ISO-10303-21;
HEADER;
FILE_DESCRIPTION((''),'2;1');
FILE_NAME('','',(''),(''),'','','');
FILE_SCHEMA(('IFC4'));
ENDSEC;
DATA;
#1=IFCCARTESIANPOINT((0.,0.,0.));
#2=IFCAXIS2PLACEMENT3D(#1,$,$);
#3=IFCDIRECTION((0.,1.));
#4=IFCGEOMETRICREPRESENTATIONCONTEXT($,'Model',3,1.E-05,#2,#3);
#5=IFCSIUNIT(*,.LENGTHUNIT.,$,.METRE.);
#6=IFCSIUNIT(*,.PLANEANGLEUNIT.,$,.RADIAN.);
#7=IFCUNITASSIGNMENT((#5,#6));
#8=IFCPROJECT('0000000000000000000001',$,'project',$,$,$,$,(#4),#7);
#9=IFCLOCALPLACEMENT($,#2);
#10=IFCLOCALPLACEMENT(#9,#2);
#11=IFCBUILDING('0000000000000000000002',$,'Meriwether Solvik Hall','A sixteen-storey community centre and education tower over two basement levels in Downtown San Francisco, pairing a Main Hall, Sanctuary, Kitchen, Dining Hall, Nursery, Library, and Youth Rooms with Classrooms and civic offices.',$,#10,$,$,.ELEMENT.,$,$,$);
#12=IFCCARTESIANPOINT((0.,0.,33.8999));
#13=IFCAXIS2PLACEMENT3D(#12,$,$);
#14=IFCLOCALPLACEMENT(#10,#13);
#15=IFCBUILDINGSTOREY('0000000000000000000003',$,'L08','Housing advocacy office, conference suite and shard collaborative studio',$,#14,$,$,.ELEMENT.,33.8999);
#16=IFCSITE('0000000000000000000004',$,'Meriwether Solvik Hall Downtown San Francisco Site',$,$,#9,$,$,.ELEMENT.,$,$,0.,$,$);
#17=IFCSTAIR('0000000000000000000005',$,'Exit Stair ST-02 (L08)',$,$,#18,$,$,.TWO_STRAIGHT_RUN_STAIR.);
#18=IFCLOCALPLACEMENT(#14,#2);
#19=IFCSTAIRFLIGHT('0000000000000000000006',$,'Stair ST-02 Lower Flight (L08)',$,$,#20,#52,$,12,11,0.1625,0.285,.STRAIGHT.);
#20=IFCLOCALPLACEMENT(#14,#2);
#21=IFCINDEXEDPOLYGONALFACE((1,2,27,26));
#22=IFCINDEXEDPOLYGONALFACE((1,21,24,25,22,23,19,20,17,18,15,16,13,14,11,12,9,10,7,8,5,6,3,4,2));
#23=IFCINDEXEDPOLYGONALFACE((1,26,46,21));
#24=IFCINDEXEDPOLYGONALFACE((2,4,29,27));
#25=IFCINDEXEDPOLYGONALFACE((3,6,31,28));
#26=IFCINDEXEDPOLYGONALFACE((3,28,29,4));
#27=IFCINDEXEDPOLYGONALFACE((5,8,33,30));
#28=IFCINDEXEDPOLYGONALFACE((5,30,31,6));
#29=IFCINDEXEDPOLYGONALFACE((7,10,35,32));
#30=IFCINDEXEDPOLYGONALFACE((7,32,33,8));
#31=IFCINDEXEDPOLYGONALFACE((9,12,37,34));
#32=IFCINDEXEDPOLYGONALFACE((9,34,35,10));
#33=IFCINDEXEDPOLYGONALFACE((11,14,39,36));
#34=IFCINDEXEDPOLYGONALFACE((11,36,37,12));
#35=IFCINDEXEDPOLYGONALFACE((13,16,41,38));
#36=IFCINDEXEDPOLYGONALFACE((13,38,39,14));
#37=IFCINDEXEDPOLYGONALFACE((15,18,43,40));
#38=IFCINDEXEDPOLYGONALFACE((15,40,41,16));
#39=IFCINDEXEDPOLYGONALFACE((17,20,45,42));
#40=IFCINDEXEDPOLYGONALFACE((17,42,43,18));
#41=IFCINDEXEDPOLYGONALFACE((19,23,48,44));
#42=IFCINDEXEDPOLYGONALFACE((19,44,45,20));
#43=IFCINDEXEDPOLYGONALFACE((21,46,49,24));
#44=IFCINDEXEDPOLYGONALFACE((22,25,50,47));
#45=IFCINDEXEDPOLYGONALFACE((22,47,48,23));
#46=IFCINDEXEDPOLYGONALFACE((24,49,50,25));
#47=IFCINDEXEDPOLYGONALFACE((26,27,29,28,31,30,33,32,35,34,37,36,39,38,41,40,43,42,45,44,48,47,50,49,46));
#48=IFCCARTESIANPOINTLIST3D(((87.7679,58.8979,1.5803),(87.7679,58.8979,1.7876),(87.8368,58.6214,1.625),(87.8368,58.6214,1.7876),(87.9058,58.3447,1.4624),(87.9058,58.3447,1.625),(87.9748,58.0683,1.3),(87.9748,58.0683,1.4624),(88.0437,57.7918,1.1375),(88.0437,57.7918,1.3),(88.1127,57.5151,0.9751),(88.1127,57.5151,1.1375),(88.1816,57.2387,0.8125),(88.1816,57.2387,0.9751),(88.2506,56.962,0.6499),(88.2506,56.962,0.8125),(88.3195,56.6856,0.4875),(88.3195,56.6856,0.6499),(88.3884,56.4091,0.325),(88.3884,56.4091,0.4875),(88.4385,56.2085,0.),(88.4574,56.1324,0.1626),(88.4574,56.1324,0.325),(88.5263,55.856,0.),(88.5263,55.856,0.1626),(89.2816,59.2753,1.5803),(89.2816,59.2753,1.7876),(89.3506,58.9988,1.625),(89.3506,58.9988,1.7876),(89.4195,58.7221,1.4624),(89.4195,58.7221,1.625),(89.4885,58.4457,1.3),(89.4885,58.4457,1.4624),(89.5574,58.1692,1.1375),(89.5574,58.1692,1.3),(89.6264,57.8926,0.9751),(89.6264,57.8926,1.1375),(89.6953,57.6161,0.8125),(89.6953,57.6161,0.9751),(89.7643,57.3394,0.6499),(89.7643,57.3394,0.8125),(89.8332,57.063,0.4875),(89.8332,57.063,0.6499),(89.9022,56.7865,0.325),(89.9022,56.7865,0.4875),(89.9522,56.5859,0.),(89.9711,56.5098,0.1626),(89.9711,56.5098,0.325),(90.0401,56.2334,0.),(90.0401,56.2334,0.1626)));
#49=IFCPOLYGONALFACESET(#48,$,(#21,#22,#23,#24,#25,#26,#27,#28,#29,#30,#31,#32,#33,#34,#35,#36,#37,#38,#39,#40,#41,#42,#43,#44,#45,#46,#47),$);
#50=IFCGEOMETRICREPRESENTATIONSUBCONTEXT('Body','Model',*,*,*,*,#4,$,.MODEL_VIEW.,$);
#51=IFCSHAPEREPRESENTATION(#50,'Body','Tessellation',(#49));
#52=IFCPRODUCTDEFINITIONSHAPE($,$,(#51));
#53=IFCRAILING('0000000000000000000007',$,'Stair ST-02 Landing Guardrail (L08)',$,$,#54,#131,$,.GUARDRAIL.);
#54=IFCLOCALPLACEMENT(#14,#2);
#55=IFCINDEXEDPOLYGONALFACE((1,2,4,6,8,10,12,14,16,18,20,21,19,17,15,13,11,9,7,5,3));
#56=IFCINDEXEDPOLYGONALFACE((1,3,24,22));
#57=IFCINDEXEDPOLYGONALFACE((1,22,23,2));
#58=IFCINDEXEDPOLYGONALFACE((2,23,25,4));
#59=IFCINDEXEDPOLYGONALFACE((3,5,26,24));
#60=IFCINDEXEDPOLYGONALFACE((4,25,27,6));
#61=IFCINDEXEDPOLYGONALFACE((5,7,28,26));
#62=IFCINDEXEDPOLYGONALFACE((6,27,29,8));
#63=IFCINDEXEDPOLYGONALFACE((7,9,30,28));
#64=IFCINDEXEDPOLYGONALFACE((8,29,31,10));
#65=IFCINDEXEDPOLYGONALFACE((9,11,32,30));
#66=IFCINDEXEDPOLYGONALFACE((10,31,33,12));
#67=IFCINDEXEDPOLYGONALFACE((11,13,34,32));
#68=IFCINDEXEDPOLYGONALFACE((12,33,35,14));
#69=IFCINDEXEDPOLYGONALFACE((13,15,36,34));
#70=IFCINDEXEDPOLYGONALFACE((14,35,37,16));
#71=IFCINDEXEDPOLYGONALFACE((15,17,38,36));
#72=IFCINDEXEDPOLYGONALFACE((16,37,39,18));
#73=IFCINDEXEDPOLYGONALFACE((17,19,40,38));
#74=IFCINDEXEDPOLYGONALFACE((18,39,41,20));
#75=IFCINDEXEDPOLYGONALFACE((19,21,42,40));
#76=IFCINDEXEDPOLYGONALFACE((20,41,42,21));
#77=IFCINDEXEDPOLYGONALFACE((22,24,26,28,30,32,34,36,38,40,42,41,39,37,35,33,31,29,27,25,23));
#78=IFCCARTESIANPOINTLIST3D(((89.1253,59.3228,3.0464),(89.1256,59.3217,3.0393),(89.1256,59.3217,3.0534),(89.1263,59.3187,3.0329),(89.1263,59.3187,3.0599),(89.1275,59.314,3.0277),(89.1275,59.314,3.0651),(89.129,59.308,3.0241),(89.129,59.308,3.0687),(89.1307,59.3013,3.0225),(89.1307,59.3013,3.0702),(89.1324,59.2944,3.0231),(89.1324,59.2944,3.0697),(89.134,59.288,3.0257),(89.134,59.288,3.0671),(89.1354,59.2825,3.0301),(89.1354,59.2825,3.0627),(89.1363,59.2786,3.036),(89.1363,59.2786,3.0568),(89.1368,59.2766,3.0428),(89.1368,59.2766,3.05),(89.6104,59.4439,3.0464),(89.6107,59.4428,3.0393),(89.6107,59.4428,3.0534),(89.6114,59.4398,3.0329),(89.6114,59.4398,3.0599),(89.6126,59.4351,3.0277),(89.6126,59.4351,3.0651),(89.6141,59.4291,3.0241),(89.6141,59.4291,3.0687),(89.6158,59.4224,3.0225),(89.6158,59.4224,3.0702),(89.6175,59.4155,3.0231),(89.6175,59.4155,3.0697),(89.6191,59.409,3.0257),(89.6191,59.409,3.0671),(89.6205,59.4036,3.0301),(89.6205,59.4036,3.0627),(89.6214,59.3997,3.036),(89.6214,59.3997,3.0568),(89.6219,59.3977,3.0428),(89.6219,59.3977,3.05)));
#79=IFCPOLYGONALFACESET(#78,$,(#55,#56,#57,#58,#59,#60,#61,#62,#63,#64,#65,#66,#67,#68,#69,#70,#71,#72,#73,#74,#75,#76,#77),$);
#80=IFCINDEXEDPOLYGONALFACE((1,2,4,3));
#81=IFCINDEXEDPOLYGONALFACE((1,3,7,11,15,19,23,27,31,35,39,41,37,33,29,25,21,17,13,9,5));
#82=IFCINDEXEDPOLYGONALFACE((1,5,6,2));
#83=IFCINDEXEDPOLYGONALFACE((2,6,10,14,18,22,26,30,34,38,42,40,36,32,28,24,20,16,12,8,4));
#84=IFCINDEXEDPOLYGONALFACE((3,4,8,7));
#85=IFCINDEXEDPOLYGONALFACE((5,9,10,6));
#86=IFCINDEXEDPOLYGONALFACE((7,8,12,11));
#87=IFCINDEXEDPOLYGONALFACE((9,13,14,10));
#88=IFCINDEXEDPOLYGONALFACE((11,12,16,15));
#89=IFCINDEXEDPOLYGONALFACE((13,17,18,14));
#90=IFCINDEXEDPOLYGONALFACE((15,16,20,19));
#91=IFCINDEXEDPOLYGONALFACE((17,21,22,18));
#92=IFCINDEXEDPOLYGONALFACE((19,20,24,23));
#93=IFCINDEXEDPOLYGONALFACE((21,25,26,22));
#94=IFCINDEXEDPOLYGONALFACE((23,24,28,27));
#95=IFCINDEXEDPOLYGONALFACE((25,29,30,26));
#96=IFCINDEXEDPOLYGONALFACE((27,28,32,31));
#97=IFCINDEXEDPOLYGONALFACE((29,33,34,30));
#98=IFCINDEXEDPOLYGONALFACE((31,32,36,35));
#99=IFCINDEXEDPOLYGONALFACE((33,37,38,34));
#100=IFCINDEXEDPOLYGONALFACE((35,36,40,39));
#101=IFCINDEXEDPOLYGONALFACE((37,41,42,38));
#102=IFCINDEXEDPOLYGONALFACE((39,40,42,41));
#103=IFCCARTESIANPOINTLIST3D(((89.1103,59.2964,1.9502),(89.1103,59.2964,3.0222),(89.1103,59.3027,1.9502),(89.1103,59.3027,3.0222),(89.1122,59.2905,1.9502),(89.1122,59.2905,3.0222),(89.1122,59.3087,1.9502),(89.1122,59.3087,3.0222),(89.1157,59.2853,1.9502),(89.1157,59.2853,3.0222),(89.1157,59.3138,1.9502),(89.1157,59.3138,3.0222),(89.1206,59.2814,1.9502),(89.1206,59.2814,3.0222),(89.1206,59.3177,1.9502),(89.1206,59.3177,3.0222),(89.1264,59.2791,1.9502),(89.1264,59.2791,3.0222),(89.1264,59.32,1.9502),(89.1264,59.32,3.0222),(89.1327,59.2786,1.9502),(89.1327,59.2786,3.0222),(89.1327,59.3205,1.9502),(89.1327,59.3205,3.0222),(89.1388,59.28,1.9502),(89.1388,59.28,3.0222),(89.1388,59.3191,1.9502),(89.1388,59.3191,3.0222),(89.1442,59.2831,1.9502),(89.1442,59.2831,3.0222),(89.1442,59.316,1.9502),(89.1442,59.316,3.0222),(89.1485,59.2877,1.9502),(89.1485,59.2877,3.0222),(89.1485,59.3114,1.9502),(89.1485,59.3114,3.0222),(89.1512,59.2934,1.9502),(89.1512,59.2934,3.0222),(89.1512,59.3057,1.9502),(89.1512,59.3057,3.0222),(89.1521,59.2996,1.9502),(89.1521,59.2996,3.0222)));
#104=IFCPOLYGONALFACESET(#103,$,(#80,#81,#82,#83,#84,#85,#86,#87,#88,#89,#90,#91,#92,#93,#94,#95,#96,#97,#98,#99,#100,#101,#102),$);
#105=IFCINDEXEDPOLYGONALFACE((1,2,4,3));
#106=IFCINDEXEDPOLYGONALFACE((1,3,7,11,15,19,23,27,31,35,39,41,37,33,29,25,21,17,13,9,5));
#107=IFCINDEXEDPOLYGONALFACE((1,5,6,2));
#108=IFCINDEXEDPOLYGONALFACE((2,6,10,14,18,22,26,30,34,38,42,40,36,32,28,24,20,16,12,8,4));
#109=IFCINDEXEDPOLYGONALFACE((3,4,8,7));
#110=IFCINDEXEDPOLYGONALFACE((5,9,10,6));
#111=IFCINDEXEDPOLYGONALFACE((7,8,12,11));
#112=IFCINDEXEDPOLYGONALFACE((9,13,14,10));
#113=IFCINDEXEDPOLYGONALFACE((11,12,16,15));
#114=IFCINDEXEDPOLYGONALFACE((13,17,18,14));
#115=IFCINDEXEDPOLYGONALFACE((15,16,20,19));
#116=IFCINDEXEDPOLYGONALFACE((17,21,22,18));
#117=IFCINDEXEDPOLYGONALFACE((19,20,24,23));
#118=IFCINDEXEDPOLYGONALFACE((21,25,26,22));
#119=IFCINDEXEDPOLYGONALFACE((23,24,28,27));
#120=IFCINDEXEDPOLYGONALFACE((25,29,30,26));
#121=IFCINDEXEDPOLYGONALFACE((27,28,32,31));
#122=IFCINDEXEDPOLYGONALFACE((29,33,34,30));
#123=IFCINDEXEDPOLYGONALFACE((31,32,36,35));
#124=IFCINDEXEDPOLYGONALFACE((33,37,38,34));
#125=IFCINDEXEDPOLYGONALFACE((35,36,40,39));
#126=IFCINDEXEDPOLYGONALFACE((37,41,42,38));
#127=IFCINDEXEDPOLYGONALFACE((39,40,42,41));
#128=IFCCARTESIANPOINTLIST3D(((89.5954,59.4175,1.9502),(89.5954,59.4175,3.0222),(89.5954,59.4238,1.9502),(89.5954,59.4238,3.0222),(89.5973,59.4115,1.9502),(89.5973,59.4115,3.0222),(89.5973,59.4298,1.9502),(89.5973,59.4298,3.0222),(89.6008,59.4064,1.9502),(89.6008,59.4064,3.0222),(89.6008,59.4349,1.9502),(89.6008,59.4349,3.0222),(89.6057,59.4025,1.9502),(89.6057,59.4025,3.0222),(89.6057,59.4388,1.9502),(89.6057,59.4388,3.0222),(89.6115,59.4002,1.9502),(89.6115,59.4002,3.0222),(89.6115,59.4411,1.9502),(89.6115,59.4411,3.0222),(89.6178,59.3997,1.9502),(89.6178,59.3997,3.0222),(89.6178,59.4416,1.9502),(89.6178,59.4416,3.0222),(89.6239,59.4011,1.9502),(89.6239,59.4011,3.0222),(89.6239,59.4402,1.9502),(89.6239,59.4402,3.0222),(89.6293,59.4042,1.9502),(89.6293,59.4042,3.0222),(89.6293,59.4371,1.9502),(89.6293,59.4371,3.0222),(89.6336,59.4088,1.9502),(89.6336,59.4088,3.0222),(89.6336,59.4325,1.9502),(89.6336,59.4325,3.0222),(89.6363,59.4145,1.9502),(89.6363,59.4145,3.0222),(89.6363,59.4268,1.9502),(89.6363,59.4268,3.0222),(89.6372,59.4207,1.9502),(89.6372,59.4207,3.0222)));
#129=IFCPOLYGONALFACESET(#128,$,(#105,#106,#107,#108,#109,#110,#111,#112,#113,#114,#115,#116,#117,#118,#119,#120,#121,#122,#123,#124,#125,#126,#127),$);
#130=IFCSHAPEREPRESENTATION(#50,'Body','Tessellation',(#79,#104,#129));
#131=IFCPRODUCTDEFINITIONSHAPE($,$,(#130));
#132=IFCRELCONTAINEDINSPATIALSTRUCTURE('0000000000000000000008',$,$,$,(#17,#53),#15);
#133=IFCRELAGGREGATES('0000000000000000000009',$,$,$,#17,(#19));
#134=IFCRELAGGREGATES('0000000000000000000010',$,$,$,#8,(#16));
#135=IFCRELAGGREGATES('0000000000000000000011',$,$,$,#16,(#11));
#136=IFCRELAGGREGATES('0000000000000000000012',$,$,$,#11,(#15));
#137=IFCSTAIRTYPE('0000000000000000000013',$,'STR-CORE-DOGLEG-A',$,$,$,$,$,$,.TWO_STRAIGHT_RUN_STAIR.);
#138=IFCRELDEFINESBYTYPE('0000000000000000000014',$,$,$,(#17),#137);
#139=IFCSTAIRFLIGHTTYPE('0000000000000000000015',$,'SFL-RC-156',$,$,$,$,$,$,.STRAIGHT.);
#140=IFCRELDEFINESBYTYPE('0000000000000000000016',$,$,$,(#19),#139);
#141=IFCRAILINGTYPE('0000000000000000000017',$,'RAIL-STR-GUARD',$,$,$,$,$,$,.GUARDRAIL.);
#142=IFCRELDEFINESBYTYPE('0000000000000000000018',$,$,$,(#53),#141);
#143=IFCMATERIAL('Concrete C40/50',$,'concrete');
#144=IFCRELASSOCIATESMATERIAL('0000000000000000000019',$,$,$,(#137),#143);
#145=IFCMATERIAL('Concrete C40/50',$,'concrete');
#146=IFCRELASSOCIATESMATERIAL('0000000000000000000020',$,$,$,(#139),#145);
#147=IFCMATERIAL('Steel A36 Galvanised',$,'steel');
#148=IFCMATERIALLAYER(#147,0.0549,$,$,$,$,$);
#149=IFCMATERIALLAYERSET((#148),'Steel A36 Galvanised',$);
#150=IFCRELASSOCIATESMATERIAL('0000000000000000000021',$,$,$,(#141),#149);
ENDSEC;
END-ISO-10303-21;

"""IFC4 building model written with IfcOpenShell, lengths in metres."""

from ifc_helpers import new_model, si_unit, direction, frame, origin, origin_2d, place, context, subcontext, project, spatial, polyline, circle, outline, extrude, material, layer, layer_set, type_object, element, aggregate, save


model = new_model("IFC4")

# Units and contexts
model_context = context("Model", 3, precision=1e-05, world=origin(), true_north=direction((0.0, 1.0)))
body_context = subcontext(model_context, "Body", "Model", "MODEL_VIEW")
ifc_project = project(units=[si_unit("LENGTHUNIT", "METRE"), si_unit("PLANEANGLEUNIT", "RADIAN")], contexts=[model_context])

# Site, building, storey
site_placement = place(None, origin())
site = spatial("IfcSite", under=ifc_project, at=site_placement, Name="Meriwether Solvik Hall Downtown San Francisco Site", CompositionType="ELEMENT", RefElevation=0.0)
building_placement = place(site_placement, origin())
building = spatial("IfcBuilding", under=site, at=building_placement, Name="Meriwether Solvik Hall", Description="A sixteen-storey community centre and education tower over two basement levels in Downtown San Francisco, pairing a Main Hall, Sanctuary, Kitchen, Dining Hall, Nursery, Library, and Youth Rooms with Classrooms and civic offices.", CompositionType="ELEMENT")
storey_placement = place(building_placement, frame((0.0, 0.0, 33.8999)))
storey = spatial("IfcBuildingStorey", under=building, at=storey_placement, Name="L08", Description="Housing advocacy office, conference suite and shard collaborative studio", CompositionType="ELEMENT", Elevation=33.8999)

# Stair, stair flight
ifc_material_1 = material(Name="Concrete C40/50", Category="concrete")
stair_type = type_object("IfcStairType", Name="STR-CORE-DOGLEG-A", PredefinedType="TWO_STRAIGHT_RUN_STAIR", material=ifc_material_1)
stair_placement = place(storey_placement, origin())
stair = element("IfcStair", 1, at=stair_placement, inside=storey, type_object=stair_type, Name="Exit Stair ST-02 (L08)", PredefinedType="TWO_STRAIGHT_RUN_STAIR")
ifc_material_2 = material(Name="Concrete C40/50", Category="concrete")
stair_flight_type = type_object("IfcStairFlightType", Name="SFL-RC-156", PredefinedType="STRAIGHT", material=ifc_material_2)
stair_flight_placement = place(storey_placement, frame((89.2832, 56.0447, 0.0), z_axis=(0.0, 0.0, 1.0), x_axis=(-0.241922, 0.970296, 0.0)))
stair_flight = element("IfcStairFlight", 2, at=stair_flight_placement, type_object=stair_flight_type, Name="Stair ST-02 Lower Flight (L08)", NumberOfRisers=12, NumberOfTreads=11, PredefinedType="STRAIGHT", RiserHeight=0.1625, TreadLength=0.285, context=body_context, shape_type="SweptSolid", body=[
    extrude(outline(polyline([(0.0, 0.0), (0.0, 0.1626), (0.2849, 0.1626), (0.2849, 0.325), (0.5701, 0.325), (0.5701, 0.4875), (0.855, 0.4875), (0.855, 0.6499), (1.1399, 0.6499), (1.1399, 0.8125), (1.425, 0.8125), (1.425, 0.9751), (1.71, 0.9751), (1.71, 1.1375), (1.9951, 1.1375), (1.9951, 1.3), (2.28, 1.3), (2.28, 1.4624), (2.5649, 1.4624), (2.5649, 1.625), (2.8501, 1.625), (2.8501, 1.7876), (3.135, 1.7876), (3.135, 1.95), (3.135, 1.5803), (0.3633, 0.0), (0.0, 0.0)])), frame((0.0, 0.78, 0.0), z_axis=(0.0, -1.0, 0.0), x_axis=(1.0, 0.0, 0.0)), (0.0, 0.0, 1.0), 1.5601),
])
aggregate(stair, [stair_flight])

# Railing
ifc_material_3 = material(Name="Steel A36 Galvanised", Category="steel")
ifc_layer_1 = layer(ifc_material_3, 0.0549)
ifc_layer_set_1 = layer_set([ifc_layer_1], Name="Steel A36 Galvanised")
railing_type_1 = type_object("IfcRailingType", Name="RAIL-STR-GUARD", PredefinedType="GUARDRAIL", material=ifc_layer_set_1)
railing_1_placement = place(storey_placement, frame((89.1311, 59.2996, 1.9502)))
element("IfcRailing", 3, at=railing_1_placement, inside=storey, type_object=railing_type_1, Name="Stair ST-02 Landing Guardrail (L08)", PredefinedType="GUARDRAIL", context=body_context, shape_type="SweptSolid", body=[
    extrude(circle(Radius=0.0239, at=origin_2d()), frame((0.0, 0.0, 1.0962), z_axis=(0.970229, 0.242191, 0.0), x_axis=(-0.242191, 0.970229, 0.0)), (0.0, 0.0, 1.0), 0.5),
    extrude(circle(Radius=0.021, at=origin_2d()), origin(), (0.0, 0.0, 1.0), 1.072),
    extrude(circle(Radius=0.021, at=origin_2d()), frame((0.4851, 0.1211, 0.0)), (0.0, 0.0, 1.0), 1.072),
])

save(model, "model.ifc")
